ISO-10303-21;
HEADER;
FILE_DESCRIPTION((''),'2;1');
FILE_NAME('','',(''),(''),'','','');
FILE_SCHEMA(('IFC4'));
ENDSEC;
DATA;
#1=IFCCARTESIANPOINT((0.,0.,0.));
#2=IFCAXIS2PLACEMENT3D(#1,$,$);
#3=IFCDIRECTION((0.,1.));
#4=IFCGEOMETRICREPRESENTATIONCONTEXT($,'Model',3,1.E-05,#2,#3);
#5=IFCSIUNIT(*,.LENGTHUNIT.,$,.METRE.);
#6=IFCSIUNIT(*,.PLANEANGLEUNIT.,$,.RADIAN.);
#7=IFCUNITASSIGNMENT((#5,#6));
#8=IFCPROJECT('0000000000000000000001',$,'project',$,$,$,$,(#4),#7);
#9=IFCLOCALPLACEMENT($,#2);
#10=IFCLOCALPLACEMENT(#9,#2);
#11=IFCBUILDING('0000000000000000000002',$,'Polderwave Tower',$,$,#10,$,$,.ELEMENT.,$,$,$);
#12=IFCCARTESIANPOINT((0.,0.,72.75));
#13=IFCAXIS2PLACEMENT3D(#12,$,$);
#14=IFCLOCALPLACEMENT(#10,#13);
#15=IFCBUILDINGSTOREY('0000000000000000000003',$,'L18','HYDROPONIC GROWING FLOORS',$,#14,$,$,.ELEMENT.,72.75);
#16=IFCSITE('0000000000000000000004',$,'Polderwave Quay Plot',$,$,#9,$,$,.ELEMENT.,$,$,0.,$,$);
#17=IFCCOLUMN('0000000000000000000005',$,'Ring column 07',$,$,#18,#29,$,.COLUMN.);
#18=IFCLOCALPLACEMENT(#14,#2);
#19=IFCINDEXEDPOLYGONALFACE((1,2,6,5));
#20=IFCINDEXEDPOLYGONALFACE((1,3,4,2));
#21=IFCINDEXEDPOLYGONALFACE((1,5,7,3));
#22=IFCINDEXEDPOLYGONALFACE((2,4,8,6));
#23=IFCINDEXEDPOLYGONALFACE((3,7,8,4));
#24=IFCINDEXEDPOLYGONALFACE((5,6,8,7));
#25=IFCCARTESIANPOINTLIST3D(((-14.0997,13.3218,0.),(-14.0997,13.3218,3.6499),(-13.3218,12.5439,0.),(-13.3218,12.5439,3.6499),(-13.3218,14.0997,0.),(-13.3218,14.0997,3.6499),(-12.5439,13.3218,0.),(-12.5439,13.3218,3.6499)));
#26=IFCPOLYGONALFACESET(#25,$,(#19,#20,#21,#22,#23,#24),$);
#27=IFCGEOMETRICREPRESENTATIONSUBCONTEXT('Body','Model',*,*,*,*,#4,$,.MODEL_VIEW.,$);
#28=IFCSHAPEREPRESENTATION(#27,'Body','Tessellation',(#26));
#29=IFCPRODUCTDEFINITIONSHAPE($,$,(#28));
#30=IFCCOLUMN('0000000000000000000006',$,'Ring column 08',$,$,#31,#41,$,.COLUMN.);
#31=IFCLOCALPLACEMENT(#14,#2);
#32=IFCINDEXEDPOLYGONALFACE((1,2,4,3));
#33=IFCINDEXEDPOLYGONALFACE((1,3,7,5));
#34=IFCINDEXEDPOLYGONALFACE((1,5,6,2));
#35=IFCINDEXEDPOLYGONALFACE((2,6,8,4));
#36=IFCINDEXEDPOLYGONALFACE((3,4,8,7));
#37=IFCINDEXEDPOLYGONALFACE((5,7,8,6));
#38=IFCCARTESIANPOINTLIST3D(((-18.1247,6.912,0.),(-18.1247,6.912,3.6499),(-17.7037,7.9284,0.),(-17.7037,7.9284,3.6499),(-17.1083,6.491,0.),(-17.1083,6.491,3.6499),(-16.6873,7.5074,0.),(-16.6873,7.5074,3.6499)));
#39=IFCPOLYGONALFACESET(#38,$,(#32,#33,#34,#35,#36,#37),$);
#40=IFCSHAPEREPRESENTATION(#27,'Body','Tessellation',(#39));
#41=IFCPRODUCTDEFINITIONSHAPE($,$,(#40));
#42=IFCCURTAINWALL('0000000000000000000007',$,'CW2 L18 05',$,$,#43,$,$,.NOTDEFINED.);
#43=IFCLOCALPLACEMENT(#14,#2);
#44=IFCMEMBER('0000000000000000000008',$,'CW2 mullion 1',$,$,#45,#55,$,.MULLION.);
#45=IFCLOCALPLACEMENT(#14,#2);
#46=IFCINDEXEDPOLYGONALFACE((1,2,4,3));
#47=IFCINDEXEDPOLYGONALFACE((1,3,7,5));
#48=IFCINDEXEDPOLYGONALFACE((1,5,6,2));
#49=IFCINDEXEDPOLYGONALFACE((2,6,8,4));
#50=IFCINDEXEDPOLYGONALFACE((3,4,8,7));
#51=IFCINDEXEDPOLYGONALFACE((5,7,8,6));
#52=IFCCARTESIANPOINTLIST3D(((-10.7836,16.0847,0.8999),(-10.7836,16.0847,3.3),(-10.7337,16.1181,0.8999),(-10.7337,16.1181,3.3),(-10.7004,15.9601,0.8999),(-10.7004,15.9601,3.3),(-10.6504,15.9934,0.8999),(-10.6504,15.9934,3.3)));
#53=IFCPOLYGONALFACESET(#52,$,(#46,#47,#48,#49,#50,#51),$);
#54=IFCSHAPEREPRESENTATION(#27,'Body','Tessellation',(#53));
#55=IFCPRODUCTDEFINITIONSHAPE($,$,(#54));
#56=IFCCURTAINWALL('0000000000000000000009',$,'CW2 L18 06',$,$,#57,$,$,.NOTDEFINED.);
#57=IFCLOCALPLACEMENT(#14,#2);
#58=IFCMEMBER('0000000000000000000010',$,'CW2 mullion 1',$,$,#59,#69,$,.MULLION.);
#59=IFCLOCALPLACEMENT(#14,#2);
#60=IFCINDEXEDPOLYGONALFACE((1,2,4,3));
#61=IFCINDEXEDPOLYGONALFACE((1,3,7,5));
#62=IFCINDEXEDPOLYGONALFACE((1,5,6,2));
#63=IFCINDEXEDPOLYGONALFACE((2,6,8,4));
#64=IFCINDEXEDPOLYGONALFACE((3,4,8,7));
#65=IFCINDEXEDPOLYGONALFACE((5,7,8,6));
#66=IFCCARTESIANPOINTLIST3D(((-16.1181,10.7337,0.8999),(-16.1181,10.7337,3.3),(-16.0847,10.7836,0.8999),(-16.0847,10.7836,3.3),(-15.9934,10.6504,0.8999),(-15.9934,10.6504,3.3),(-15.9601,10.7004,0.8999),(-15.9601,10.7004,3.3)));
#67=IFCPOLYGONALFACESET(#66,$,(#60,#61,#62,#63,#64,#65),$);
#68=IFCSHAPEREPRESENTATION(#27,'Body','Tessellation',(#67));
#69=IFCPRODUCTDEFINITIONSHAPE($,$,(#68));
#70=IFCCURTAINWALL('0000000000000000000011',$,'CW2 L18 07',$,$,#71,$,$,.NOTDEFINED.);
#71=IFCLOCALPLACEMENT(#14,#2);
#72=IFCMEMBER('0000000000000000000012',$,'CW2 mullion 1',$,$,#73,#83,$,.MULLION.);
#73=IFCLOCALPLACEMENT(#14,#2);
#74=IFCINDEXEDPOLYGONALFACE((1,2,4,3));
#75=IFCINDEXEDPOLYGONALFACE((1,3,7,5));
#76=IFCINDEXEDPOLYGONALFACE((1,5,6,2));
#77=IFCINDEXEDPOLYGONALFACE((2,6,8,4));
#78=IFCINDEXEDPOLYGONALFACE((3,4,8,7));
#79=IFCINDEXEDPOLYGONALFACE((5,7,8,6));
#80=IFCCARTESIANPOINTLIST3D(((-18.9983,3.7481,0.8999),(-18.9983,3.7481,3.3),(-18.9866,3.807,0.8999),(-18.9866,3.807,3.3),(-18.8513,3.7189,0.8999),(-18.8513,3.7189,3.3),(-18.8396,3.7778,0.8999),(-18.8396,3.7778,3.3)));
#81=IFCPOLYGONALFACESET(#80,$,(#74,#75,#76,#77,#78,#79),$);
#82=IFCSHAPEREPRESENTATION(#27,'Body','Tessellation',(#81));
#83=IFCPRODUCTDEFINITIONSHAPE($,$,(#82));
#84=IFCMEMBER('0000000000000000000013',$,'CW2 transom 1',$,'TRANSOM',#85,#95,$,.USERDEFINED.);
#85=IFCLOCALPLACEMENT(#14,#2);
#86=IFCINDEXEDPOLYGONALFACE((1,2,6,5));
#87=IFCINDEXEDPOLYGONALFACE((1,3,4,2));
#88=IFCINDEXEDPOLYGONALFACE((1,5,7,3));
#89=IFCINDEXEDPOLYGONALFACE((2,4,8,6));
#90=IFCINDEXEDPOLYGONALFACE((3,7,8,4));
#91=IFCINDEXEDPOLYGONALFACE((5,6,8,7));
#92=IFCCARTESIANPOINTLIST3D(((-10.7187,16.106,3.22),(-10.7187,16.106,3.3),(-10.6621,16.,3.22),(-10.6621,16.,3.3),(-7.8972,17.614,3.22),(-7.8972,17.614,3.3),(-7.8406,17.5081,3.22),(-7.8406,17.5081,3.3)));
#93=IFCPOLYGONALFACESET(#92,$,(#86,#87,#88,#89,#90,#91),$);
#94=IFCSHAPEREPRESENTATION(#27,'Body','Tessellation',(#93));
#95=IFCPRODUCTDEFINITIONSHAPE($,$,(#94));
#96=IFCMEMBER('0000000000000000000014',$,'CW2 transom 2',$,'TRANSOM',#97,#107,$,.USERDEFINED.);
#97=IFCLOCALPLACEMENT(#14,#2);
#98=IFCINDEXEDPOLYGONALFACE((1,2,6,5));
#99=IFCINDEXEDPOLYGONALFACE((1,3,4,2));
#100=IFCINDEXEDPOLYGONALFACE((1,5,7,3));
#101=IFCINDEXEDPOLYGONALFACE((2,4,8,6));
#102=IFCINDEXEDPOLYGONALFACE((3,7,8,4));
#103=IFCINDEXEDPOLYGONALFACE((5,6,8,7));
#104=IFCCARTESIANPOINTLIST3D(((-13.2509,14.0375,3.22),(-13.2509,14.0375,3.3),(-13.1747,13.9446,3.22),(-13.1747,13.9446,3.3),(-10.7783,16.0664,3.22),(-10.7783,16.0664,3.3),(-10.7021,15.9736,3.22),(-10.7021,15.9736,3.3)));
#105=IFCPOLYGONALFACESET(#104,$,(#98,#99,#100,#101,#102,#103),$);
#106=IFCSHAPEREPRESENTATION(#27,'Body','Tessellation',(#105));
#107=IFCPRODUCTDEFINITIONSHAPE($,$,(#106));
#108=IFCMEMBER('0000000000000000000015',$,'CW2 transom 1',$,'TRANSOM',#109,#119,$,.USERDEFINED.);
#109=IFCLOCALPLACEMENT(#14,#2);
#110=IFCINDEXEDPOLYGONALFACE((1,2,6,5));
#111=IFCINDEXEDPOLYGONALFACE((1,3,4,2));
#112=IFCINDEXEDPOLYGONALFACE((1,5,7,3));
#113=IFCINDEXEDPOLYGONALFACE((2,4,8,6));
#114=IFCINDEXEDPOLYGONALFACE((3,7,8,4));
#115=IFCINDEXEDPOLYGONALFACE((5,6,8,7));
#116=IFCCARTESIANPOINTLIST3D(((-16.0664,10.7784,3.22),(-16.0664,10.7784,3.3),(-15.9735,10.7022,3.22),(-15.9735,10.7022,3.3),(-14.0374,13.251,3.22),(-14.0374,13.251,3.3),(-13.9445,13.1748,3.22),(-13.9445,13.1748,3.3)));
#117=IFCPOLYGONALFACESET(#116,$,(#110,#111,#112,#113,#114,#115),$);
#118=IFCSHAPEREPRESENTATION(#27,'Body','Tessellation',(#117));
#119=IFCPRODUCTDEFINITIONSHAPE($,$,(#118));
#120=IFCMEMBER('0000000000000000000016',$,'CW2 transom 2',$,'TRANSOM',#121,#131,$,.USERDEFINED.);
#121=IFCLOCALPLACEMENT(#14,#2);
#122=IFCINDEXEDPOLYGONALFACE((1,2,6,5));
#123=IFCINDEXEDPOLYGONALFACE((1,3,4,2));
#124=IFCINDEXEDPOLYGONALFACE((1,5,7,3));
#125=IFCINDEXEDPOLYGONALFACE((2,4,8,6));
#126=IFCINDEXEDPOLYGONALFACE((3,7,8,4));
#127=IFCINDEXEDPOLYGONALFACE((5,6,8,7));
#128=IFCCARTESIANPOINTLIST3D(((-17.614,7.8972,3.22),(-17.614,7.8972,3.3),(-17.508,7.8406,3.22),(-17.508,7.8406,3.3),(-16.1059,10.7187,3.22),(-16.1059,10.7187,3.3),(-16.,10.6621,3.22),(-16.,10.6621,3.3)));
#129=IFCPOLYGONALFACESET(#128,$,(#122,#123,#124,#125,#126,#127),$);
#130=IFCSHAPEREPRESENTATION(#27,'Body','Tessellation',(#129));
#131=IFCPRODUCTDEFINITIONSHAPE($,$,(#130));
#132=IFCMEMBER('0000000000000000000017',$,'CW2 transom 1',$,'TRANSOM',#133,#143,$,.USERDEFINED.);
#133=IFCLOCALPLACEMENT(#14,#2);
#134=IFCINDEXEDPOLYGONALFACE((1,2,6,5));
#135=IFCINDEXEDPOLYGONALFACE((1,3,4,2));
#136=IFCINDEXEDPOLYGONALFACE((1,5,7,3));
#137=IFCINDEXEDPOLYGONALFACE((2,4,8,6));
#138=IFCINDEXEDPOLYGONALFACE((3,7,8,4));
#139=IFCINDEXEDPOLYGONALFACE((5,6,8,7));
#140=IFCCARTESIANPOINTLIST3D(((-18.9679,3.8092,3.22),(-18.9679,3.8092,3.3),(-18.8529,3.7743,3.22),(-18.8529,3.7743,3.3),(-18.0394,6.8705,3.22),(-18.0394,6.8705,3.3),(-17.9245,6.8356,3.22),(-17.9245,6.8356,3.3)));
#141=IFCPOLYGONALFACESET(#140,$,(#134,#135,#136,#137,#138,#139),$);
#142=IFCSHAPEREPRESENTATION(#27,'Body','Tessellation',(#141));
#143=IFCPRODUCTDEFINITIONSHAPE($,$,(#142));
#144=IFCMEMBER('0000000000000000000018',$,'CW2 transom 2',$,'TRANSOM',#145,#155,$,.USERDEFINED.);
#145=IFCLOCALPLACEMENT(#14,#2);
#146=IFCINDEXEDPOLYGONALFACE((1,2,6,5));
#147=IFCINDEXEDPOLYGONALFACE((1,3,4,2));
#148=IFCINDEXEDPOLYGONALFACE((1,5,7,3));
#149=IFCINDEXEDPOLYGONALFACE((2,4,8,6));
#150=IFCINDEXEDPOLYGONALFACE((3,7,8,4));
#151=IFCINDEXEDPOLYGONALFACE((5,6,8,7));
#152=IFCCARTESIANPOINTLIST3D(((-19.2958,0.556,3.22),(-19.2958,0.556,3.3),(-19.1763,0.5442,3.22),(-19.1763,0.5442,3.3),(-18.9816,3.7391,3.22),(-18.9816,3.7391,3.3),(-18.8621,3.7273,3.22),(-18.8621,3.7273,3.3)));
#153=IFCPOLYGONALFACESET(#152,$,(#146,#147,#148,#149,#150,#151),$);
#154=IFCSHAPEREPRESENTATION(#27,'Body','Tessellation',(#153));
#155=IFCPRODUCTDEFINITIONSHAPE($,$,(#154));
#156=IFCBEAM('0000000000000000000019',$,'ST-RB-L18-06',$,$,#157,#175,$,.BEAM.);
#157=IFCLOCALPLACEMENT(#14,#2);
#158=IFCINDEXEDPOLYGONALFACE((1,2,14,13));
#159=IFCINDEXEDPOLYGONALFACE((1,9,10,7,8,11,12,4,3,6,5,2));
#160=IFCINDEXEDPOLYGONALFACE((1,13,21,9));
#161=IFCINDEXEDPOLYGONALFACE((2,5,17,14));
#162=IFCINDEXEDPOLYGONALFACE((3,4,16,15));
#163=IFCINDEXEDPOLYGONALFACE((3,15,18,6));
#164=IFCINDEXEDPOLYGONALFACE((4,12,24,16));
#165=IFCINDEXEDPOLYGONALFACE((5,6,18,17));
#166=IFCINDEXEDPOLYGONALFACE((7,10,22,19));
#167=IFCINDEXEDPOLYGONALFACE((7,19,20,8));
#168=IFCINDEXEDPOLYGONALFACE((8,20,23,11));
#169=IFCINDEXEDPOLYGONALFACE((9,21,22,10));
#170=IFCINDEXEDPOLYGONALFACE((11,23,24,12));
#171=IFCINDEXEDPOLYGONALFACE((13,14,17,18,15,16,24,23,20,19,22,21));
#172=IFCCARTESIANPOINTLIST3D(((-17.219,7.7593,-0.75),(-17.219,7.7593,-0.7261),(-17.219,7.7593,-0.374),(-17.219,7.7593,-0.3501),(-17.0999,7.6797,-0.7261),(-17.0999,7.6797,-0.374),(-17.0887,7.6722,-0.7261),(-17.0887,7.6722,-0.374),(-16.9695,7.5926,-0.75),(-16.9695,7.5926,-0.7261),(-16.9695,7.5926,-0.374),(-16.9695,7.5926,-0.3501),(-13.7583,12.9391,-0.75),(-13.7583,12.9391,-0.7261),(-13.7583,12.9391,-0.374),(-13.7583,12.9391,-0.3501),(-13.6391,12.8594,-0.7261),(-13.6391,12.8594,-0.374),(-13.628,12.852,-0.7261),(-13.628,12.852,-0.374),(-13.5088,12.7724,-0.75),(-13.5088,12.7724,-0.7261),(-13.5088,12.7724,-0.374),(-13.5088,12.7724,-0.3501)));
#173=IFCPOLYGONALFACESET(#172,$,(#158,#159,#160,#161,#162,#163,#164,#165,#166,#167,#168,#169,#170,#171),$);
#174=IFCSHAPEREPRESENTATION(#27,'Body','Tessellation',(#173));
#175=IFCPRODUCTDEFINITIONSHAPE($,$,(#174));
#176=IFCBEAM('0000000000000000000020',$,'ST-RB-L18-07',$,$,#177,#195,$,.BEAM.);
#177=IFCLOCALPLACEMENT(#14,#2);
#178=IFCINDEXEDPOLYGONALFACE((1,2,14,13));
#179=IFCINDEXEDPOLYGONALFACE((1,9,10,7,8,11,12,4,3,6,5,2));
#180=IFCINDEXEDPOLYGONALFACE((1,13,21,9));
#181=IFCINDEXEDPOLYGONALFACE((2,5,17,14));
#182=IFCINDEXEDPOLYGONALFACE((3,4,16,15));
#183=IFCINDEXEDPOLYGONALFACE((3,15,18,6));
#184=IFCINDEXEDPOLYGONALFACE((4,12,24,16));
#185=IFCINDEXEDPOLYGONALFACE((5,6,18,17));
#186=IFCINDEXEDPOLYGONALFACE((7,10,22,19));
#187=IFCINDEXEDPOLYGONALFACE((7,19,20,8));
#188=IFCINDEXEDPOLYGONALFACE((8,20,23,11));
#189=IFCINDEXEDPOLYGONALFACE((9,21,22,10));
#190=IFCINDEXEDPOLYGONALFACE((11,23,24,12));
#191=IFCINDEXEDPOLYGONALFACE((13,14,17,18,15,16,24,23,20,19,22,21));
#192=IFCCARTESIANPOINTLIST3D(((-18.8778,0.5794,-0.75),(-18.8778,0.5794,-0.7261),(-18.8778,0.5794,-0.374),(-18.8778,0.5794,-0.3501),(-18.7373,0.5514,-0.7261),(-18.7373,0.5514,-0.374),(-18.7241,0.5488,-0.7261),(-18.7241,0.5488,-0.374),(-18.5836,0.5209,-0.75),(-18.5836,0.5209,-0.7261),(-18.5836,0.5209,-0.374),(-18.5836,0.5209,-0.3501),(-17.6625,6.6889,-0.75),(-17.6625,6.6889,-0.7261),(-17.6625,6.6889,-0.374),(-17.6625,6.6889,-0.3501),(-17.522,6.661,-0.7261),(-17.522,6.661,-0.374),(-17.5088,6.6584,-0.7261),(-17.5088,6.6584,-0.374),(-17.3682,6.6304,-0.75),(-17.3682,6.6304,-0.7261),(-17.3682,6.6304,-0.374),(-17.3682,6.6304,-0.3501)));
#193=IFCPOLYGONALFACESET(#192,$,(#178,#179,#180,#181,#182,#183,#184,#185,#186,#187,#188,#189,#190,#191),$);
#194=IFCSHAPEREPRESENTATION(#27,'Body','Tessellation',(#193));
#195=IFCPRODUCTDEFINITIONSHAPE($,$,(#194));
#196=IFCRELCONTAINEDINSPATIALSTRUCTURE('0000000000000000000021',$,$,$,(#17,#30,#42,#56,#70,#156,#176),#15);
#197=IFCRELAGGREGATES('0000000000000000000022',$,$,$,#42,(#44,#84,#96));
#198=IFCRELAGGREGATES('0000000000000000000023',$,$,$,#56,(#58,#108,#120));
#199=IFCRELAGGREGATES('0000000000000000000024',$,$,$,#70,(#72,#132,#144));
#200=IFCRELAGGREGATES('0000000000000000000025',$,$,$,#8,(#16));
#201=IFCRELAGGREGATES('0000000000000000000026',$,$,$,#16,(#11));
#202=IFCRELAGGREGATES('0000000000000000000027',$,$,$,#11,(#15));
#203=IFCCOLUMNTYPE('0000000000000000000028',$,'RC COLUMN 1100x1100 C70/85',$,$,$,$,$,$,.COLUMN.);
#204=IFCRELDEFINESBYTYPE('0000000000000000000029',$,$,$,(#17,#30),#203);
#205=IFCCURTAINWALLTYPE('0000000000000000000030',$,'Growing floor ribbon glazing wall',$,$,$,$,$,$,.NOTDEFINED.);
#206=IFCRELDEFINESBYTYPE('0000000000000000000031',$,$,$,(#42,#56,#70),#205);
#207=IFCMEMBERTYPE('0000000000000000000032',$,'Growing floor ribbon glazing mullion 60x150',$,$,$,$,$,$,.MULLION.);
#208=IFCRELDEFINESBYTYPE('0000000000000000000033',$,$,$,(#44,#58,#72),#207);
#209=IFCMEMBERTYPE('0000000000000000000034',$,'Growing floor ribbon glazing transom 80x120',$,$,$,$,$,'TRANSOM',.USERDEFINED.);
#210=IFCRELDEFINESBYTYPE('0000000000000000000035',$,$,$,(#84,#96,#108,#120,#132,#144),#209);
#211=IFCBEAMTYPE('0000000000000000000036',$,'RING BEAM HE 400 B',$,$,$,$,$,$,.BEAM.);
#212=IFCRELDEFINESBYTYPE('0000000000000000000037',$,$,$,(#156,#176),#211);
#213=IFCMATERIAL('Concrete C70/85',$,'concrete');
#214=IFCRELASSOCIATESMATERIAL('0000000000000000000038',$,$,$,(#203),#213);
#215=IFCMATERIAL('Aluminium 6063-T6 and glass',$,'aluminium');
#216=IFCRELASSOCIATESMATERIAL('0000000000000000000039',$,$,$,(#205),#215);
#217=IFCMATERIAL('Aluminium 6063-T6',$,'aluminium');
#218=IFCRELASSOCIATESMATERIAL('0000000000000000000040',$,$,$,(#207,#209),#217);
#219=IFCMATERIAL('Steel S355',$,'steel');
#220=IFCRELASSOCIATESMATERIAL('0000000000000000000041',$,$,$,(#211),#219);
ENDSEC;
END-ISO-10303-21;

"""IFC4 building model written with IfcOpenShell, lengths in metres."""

from ifc_helpers import new_model, si_unit, direction, frame, origin, origin_2d, place, context, subcontext, project, spatial, rectangle, i_section, extrude, material, material_profile, profile_set, type_object, element, aggregate, save


model = new_model("IFC4")

# Units and contexts
model_context = context("Model", 3, precision=1e-05, world=origin(), true_north=direction((0.0, 1.0)))
body_context = subcontext(model_context, "Body", "Model", "MODEL_VIEW")
ifc_project = project(units=[si_unit("LENGTHUNIT", "METRE"), si_unit("PLANEANGLEUNIT", "RADIAN")], contexts=[model_context])

# Site, building, storey
site_placement = place(None, origin())
site = spatial("IfcSite", under=ifc_project, at=site_placement, Name="Polderwave Quay Plot", CompositionType="ELEMENT", RefElevation=0.0)
building_placement = place(site_placement, origin())
building = spatial("IfcBuilding", under=site, at=building_placement, Name="Polderwave Tower", CompositionType="ELEMENT")
storey_placement = place(building_placement, frame((0.0, 0.0, 72.75)))
storey = spatial("IfcBuildingStorey", under=building, at=storey_placement, Name="L18", Description="HYDROPONIC GROWING FLOORS", CompositionType="ELEMENT", Elevation=72.75)

# Columns
ifc_material_1 = material(Name="Concrete C70/85", Category="concrete")
ifc_material_profile_1 = material_profile(ifc_material_1, rectangle(XDim=1.1001, YDim=1.1001, at=origin_2d()), Name="RC 1100x1100")
ifc_profile_set_1 = profile_set([ifc_material_profile_1], Name="Concrete C70/85")
column_type = type_object("IfcColumnType", Name="RC COLUMN 1100x1100 C70/85", PredefinedType="COLUMN", material=ifc_profile_set_1)
for number, where, z_axis, x_axis, name in (
    (1, (-13.3218, 13.3218, 0.0), (0.0, 0.0, 1.0), (-0.707107, 0.707107, 0.0), "Ring column 07"),
    (2, (-17.406, 7.2097, 0.0), (0.0, 0.0, 1.0), (-0.92388, 0.382683, 0.0), "Ring column 08"),
):
    element("IfcColumn", number, at=place(storey_placement, frame(where, z_axis=z_axis, x_axis=x_axis)), inside=storey, type_object=column_type, Name=name, PredefinedType="COLUMN", context=body_context, shape_type="SweptSolid", body=[
        extrude(rectangle(XDim=1.1001, YDim=1.1001, at=origin_2d()), origin(), (0.0, 0.0, 1.0), 3.6499),
    ])

# Curtain walls, members
ifc_material_2 = material(Name="Aluminium 6063-T6 and glass", Category="aluminium")
curtain_wall_type = type_object("IfcCurtainWallType", Name="Growing floor ribbon glazing wall", PredefinedType="NOTDEFINED", material=ifc_material_2)
curtain_wall_1_placement = place(storey_placement, origin())
curtain_wall_1 = element("IfcCurtainWall", 3, at=curtain_wall_1_placement, inside=storey, type_object=curtain_wall_type, Name="CW2 L18 05", PredefinedType="NOTDEFINED")
ifc_material_3 = material(Name="Aluminium 6063-T6", Category="aluminium")
ifc_material_profile_2 = material_profile(ifc_material_3, rectangle(XDim=0.1499, YDim=0.0601, at=origin_2d()), Name="AL 60x150")
ifc_profile_set_2 = profile_set([ifc_material_profile_2], Name="Aluminium 6063-T6")
member_type_1 = type_object("IfcMemberType", Name="Growing floor ribbon glazing mullion 60x150", PredefinedType="MULLION", material=ifc_profile_set_2)
member_1_placement = place(storey_placement, frame((-10.717, 16.0391, 0.8999), z_axis=(0.0, 0.0, 1.0), x_axis=(0.555496, -0.831519, 0.0)))
member_1 = element("IfcMember", 4, at=member_1_placement, type_object=member_type_1, Name="CW2 mullion 1", PredefinedType="MULLION", context=body_context, shape_type="SweptSolid", body=[
    extrude(rectangle(XDim=0.1499, YDim=0.0601, at=origin_2d()), origin(), (0.0, 0.0, 1.0), 2.4001),
])
curtain_wall_2_placement = place(storey_placement, origin())
curtain_wall_2 = element("IfcCurtainWall", 5, at=curtain_wall_2_placement, inside=storey, type_object=curtain_wall_type, Name="CW2 L18 06", PredefinedType="NOTDEFINED")
member_2_placement = place(storey_placement, frame((-16.0391, 10.717, 0.8999), z_axis=(0.0, 0.0, 1.0), x_axis=(0.831519, -0.555496, 0.0)))
member_2 = element("IfcMember", 6, at=member_2_placement, type_object=member_type_1, Name="CW2 mullion 1", PredefinedType="MULLION", context=body_context, shape_type="SweptSolid", body=[
    extrude(rectangle(XDim=0.1499, YDim=0.0601, at=origin_2d()), origin(), (0.0, 0.0, 1.0), 2.4001),
])
curtain_wall_3_placement = place(storey_placement, origin())
curtain_wall_3 = element("IfcCurtainWall", 7, at=curtain_wall_3_placement, inside=storey, type_object=curtain_wall_type, Name="CW2 L18 07", PredefinedType="NOTDEFINED")
member_3_placement = place(storey_placement, frame((-18.9189, 3.7629, 0.8999), z_axis=(0.0, 0.0, 1.0), x_axis=(0.980779, -0.195123, 0.0)))
member_3 = element("IfcMember", 8, at=member_3_placement, type_object=member_type_1, Name="CW2 mullion 1", PredefinedType="MULLION", context=body_context, shape_type="SweptSolid", body=[
    extrude(rectangle(XDim=0.1499, YDim=0.0601, at=origin_2d()), origin(), (0.0, 0.0, 1.0), 2.4001),
])

# Members
ifc_material_profile_3 = material_profile(ifc_material_3, rectangle(XDim=0.1201, YDim=0.0801, at=origin_2d()), Name="AL 80x120")
ifc_profile_set_3 = profile_set([ifc_material_profile_3], Name="Aluminium 6063-T6")
member_type_2 = type_object("IfcMemberType", Name="Growing floor ribbon glazing transom 80x120", ElementType="TRANSOM", PredefinedType="USERDEFINED", material=ifc_profile_set_3)
member_4_placement = place(storey_placement, frame((-7.8689, 17.561, 3.26), z_axis=(-0.881932, -0.471376, 0.0), x_axis=(0.471376, -0.881932, 0.0)))
member_4 = element("IfcMember", 9, at=member_4_placement, type_object=member_type_2, Name="CW2 transom 1", ObjectType="TRANSOM", PredefinedType="USERDEFINED", context=body_context, shape_type="SweptSolid", body=[
    extrude(rectangle(XDim=0.1201, YDim=0.0801, at=origin_2d()), origin(), (0.0, 0.0, 1.0), 3.1992),
])
member_5_placement = place(storey_placement, frame((-10.7402, 16.02, 3.26), z_axis=(-0.773042, -0.634355, 0.0), x_axis=(0.634355, -0.773042, 0.0)))
member_5 = element("IfcMember", 10, at=member_5_placement, type_object=member_type_2, Name="CW2 transom 2", ObjectType="TRANSOM", PredefinedType="USERDEFINED", context=body_context, shape_type="SweptSolid", body=[
    extrude(rectangle(XDim=0.1201, YDim=0.0801, at=origin_2d()), origin(), (0.0, 0.0, 1.0), 3.1985),
])
member_6_placement = place(storey_placement, frame((-13.991, 13.2129, 3.26), z_axis=(-0.634355, -0.773042, 0.0), x_axis=(0.773042, -0.634355, 0.0)))
member_6 = element("IfcMember", 11, at=member_6_placement, type_object=member_type_2, Name="CW2 transom 1", ObjectType="TRANSOM", PredefinedType="USERDEFINED", context=body_context, shape_type="SweptSolid", body=[
    extrude(rectangle(XDim=0.1201, YDim=0.0801, at=origin_2d()), origin(), (0.0, 0.0, 1.0), 3.1985),
])
member_7_placement = place(storey_placement, frame((-16.053, 10.6904, 3.26), z_axis=(-0.471376, -0.881932, 0.0), x_axis=(0.881932, -0.471376, 0.0)))
member_7 = element("IfcMember", 12, at=member_7_placement, type_object=member_type_2, Name="CW2 transom 2", ObjectType="TRANSOM", PredefinedType="USERDEFINED", context=body_context, shape_type="SweptSolid", body=[
    extrude(rectangle(XDim=0.1201, YDim=0.0801, at=origin_2d()), origin(), (0.0, 0.0, 1.0), 3.1992),
])
member_8_placement = place(storey_placement, frame((-17.9819, 6.853, 3.26), z_axis=(-0.290238, -0.956954, 0.0), x_axis=(0.956954, -0.290238, 0.0)))
member_8 = element("IfcMember", 13, at=member_8_placement, type_object=member_type_2, Name="CW2 transom 1", ObjectType="TRANSOM", PredefinedType="USERDEFINED", context=body_context, shape_type="SweptSolid", body=[
    extrude(rectangle(XDim=0.1201, YDim=0.0801, at=origin_2d()), origin(), (0.0, 0.0, 1.0), 3.199),
])
member_9_placement = place(storey_placement, frame((-18.9219, 3.7332, 3.26), z_axis=(-0.098234, -0.995163, 0.0), x_axis=(0.995163, -0.098234, 0.0)))
member_9 = element("IfcMember", 14, at=member_9_placement, type_object=member_type_2, Name="CW2 transom 2", ObjectType="TRANSOM", PredefinedType="USERDEFINED", context=body_context, shape_type="SweptSolid", body=[
    extrude(rectangle(XDim=0.1201, YDim=0.0801, at=origin_2d()), origin(), (0.0, 0.0, 1.0), 3.1985),
])

# Beams
ifc_material_4 = material(Name="Steel S355", Category="steel")
ifc_material_profile_4 = material_profile(ifc_material_4, i_section(OverallWidth=0.3, OverallDepth=0.3999, WebThickness=0.0134, FlangeThickness=0.0239, at=origin_2d()), Name="HE 400 B")
ifc_profile_set_4 = profile_set([ifc_material_profile_4], Name="Steel S355")
beam_type = type_object("IfcBeamType", Name="RING BEAM HE 400 B", PredefinedType="BEAM", material=ifc_profile_set_4)
beam_1_placement = place(storey_placement, frame((-13.6335, 12.8557, -0.55), z_axis=(-0.555541, -0.831489, 0.0), x_axis=(0.831489, -0.555541, 0.0)))
element("IfcBeam", 15, at=beam_1_placement, inside=storey, type_object=beam_type, Name="ST-RB-L18-06", PredefinedType="BEAM", context=body_context, shape_type="SweptSolid", body=[
    extrude(i_section(OverallWidth=0.3, OverallDepth=0.3999, WebThickness=0.0134, FlangeThickness=0.0239, at=origin_2d()), origin(), (0.0, 0.0, 1.0), 6.2295),
])
beam_2_placement = place(storey_placement, frame((-17.5154, 6.6597, -0.55), z_axis=(-0.195099, -0.980784, 0.0), x_axis=(0.980784, -0.195099, 0.0)))
element("IfcBeam", 16, at=beam_2_placement, inside=storey, type_object=beam_type, Name="ST-RB-L18-07", PredefinedType="BEAM", context=body_context, shape_type="SweptSolid", body=[
    extrude(i_section(OverallWidth=0.3, OverallDepth=0.3999, WebThickness=0.0134, FlangeThickness=0.0239, at=origin_2d()), origin(), (0.0, 0.0, 1.0), 6.2292),
])

aggregate(curtain_wall_1, [member_1, member_4, member_5])
aggregate(curtain_wall_2, [member_2, member_6, member_7])
aggregate(curtain_wall_3, [member_3, member_8, member_9])

save(model, "model.ifc")
